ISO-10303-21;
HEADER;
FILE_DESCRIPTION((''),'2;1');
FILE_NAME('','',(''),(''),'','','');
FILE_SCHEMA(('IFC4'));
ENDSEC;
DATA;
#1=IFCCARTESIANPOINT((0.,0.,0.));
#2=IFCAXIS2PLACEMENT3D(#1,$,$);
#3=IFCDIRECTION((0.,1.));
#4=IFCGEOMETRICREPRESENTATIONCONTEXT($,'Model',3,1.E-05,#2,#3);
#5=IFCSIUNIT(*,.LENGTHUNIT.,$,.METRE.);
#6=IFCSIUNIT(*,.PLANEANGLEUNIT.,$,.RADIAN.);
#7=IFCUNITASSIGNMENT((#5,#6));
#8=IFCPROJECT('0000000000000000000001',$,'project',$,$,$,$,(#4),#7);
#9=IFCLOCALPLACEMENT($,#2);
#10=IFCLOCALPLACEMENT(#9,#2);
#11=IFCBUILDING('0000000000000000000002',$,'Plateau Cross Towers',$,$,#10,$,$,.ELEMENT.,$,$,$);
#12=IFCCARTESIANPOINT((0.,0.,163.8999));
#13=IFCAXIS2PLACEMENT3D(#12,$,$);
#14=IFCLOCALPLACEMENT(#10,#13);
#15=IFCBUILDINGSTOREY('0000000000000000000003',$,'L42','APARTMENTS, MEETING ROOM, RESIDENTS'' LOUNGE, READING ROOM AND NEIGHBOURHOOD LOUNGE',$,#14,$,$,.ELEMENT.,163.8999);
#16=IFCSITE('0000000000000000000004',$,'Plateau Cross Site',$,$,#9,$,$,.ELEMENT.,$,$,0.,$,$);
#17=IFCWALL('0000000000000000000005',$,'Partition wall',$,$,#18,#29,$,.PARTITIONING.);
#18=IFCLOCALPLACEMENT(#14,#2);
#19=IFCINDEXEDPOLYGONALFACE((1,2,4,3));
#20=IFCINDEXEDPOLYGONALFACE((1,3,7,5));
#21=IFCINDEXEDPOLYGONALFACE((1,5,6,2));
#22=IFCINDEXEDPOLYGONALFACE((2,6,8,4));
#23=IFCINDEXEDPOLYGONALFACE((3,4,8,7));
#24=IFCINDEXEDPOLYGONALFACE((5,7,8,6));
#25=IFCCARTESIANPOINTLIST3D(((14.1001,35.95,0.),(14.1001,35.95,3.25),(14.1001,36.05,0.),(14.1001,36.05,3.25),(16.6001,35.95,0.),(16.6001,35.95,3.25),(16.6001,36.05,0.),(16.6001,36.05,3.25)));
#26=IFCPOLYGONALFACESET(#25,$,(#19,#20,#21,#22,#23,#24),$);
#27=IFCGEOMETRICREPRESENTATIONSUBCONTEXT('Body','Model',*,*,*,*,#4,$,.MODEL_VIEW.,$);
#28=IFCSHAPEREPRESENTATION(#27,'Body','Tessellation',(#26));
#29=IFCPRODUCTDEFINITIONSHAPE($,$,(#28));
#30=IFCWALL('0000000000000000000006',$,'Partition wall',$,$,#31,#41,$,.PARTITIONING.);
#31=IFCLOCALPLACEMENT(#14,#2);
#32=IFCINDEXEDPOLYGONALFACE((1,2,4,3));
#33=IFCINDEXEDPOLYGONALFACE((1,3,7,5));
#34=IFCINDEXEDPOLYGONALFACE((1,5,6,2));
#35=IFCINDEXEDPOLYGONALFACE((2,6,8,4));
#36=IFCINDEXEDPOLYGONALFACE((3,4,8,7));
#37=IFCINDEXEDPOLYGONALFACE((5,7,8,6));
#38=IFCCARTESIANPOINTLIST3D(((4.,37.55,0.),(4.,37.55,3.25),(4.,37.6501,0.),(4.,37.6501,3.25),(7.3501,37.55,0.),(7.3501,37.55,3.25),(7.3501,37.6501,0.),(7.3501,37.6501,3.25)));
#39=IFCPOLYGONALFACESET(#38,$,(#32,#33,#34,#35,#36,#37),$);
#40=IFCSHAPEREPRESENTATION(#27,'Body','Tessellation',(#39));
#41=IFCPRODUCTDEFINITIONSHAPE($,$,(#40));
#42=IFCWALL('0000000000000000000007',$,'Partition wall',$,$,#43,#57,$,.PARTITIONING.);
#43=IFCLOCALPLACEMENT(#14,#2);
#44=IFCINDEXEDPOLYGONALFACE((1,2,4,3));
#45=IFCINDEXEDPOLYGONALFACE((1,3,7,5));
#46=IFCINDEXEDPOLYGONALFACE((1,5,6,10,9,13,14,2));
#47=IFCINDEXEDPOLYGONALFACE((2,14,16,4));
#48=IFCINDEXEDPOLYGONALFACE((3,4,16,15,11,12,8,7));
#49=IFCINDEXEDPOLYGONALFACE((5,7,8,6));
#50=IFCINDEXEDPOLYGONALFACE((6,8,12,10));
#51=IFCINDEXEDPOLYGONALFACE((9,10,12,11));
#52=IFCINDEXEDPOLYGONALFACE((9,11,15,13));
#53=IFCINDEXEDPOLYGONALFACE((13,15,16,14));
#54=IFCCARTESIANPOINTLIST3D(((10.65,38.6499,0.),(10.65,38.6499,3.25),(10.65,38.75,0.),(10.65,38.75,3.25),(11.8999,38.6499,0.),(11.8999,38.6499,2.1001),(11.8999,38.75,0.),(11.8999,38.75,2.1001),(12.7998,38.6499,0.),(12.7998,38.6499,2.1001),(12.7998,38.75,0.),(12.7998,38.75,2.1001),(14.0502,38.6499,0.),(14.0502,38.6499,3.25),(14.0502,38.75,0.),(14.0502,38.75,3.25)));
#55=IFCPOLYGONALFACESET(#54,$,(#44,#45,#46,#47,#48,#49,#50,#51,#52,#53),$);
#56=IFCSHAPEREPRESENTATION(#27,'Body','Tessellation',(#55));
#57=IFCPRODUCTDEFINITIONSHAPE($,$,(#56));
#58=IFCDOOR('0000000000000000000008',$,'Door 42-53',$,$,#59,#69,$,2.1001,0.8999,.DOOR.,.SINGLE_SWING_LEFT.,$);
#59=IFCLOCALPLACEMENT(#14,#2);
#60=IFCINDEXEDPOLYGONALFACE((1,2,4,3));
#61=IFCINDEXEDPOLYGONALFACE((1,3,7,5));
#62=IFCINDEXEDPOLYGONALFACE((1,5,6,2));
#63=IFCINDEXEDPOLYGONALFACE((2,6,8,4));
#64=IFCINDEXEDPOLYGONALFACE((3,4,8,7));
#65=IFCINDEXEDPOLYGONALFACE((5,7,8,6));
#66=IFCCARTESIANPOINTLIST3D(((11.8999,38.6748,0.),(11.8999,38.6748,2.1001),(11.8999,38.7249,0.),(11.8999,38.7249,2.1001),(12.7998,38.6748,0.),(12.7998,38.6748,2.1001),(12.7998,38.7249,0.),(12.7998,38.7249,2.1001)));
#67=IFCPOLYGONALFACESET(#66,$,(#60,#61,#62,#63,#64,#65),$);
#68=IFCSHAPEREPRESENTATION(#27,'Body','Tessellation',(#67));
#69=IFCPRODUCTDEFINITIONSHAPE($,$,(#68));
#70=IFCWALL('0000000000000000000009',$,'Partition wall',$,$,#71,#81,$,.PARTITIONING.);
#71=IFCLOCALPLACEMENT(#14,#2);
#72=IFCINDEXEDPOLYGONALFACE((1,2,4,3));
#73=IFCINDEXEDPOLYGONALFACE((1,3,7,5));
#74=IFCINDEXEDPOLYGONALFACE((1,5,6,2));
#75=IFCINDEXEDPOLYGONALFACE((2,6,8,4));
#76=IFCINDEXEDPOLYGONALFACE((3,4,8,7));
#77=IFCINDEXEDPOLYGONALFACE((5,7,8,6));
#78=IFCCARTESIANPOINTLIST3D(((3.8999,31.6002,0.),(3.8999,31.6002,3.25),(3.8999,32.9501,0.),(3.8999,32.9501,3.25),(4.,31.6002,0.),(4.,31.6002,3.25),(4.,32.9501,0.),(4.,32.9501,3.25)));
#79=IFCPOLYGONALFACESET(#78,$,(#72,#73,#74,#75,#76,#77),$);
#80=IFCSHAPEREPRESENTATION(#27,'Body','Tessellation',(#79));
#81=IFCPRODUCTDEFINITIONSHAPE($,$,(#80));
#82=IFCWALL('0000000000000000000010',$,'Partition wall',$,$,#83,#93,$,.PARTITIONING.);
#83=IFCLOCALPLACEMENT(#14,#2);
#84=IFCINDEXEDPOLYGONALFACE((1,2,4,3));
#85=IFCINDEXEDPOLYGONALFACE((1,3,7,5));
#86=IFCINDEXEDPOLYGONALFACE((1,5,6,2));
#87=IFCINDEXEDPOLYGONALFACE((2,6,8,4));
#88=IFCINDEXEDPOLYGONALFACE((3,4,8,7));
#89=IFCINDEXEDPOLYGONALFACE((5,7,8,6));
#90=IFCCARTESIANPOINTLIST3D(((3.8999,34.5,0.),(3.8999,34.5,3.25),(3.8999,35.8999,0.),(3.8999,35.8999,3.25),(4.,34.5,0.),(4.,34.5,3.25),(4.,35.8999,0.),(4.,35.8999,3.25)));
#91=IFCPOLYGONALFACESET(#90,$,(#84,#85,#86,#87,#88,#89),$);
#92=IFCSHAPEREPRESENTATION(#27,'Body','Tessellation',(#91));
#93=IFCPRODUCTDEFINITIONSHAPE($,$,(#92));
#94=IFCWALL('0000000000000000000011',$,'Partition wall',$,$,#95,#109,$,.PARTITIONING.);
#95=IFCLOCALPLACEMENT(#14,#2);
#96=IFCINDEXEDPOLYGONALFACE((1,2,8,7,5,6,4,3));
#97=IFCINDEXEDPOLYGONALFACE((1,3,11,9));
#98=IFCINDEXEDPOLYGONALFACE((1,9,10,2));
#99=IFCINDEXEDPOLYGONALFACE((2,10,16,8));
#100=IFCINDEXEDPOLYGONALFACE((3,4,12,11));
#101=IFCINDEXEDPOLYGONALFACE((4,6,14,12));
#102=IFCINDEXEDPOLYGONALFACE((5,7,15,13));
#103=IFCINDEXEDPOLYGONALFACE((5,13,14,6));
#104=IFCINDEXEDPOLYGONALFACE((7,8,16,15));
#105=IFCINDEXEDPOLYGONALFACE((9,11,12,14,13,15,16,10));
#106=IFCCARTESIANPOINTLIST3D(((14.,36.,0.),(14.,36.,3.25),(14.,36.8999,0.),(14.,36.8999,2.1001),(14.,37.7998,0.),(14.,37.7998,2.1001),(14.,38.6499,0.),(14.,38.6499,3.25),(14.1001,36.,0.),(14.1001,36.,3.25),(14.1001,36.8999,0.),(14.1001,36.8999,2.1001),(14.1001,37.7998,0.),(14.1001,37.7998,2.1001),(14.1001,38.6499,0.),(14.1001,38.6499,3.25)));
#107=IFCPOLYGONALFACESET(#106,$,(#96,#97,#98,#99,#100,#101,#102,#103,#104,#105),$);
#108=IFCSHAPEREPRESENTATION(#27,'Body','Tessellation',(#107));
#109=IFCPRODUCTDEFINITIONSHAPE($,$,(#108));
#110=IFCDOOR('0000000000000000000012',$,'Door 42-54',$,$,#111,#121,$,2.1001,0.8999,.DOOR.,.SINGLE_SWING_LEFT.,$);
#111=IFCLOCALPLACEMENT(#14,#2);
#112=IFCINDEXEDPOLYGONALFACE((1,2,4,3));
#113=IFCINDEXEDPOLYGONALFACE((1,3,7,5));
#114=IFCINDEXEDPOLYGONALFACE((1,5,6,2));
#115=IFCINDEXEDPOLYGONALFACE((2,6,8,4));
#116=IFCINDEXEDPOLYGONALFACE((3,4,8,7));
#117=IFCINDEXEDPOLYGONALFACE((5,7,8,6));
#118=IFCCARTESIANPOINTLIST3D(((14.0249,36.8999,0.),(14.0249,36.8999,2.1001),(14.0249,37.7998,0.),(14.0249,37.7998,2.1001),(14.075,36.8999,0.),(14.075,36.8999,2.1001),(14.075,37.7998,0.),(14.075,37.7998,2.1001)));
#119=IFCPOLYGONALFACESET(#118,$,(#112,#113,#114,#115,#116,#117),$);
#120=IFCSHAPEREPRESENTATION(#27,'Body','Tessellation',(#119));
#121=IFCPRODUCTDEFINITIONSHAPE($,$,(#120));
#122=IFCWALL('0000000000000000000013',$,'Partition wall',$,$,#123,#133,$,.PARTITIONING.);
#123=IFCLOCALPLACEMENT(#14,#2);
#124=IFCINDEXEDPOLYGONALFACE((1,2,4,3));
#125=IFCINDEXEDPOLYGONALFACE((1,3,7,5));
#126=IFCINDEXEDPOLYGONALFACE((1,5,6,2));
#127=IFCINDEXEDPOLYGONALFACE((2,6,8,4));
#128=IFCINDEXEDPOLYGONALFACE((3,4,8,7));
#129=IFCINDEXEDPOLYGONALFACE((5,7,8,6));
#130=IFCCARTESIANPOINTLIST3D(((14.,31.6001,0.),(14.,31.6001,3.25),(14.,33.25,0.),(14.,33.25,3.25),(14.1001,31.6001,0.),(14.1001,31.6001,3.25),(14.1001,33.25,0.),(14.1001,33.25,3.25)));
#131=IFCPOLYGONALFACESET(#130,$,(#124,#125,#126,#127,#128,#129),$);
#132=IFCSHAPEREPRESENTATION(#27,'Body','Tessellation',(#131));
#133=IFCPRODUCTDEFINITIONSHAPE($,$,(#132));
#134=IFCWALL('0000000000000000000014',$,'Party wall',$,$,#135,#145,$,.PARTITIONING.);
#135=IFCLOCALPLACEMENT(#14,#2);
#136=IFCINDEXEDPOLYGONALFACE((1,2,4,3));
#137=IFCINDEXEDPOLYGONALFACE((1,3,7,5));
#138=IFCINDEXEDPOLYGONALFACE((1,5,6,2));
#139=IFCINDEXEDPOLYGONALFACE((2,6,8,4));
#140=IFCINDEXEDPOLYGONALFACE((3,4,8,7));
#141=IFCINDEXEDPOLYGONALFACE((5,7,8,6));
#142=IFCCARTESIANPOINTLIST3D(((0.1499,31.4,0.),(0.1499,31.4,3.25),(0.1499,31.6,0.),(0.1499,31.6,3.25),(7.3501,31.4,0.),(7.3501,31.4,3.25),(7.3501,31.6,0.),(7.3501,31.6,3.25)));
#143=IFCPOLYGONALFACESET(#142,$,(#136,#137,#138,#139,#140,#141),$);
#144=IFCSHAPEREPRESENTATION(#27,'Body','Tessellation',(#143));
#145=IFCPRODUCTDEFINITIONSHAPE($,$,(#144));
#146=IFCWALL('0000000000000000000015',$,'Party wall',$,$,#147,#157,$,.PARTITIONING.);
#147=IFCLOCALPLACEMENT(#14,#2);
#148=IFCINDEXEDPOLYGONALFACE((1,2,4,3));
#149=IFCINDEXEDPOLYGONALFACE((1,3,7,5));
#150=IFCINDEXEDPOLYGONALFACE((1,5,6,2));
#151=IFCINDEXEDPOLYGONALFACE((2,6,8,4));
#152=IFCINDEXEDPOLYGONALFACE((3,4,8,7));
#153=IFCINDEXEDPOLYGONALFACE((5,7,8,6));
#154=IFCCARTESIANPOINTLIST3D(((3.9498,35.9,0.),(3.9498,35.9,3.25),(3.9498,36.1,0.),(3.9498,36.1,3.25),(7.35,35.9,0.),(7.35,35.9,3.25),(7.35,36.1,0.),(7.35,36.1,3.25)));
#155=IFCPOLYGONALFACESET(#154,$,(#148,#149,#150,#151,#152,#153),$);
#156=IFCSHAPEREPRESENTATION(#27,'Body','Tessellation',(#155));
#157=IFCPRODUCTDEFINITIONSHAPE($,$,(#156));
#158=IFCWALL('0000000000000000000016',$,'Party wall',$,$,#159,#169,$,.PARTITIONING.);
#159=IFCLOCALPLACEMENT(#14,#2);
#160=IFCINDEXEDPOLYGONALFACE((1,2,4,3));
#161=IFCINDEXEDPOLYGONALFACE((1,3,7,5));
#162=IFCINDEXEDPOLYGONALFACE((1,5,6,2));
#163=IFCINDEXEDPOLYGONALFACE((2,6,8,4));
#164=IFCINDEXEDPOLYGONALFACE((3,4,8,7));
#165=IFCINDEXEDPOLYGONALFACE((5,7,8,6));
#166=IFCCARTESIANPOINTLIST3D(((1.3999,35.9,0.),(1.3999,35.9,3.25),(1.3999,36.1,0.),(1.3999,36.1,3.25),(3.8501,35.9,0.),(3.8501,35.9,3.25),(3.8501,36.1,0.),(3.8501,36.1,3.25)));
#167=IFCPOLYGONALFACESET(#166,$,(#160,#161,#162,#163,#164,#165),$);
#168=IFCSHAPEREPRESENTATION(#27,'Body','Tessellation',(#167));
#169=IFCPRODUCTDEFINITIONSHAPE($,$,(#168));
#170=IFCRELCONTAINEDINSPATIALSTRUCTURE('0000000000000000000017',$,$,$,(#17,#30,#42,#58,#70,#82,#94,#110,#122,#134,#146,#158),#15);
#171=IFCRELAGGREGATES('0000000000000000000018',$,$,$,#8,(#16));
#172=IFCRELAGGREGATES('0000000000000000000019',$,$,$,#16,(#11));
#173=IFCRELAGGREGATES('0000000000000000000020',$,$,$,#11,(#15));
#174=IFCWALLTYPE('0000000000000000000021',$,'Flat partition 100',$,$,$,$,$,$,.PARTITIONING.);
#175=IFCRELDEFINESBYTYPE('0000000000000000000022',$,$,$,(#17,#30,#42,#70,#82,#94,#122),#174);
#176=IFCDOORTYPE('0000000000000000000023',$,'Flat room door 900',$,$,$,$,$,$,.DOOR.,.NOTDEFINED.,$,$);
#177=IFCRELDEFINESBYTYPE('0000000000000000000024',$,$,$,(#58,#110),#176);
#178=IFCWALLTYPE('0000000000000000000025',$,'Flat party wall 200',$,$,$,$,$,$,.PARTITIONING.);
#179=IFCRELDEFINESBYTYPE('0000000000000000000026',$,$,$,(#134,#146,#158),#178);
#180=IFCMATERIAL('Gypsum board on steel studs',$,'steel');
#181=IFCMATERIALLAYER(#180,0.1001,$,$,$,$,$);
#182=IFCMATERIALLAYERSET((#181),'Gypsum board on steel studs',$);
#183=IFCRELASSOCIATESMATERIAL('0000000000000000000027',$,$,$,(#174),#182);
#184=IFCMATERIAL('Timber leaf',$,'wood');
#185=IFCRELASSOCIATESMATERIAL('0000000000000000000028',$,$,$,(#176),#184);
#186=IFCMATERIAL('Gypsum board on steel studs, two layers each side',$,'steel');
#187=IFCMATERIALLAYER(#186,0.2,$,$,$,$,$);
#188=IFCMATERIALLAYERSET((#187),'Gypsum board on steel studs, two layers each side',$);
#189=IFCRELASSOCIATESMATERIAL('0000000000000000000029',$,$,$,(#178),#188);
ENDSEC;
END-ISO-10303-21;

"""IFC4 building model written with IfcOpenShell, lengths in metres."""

from ifc_helpers import new_model, si_unit, direction, frame, frame_2d, origin, place, context, subcontext, project, spatial, rectangle, extrude, material, layer, layer_set, type_object, element, fill, save


model = new_model("IFC4")

# Units and contexts
model_context = context("Model", 3, precision=1e-05, world=origin(), true_north=direction((0.0, 1.0)))
body_context = subcontext(model_context, "Body", "Model", "MODEL_VIEW")
ifc_project = project(units=[si_unit("LENGTHUNIT", "METRE"), si_unit("PLANEANGLEUNIT", "RADIAN")], contexts=[model_context])

# Site, building, storey
site_placement = place(None, origin())
site = spatial("IfcSite", under=ifc_project, at=site_placement, Name="Plateau Cross Site", CompositionType="ELEMENT", RefElevation=0.0)
building_placement = place(site_placement, origin())
building = spatial("IfcBuilding", under=site, at=building_placement, Name="Plateau Cross Towers", CompositionType="ELEMENT")
storey_placement = place(building_placement, frame((0.0, 0.0, 163.8999)))
storey = spatial("IfcBuildingStorey", under=building, at=storey_placement, Name="L42", Description="APARTMENTS, MEETING ROOM, RESIDENTS' LOUNGE, READING ROOM AND NEIGHBOURHOOD LOUNGE", CompositionType="ELEMENT", Elevation=163.8999)

# Shared definitions
ifc_material_1 = material(Name="Gypsum board on steel studs", Category="steel")
ifc_layer_1 = layer(ifc_material_1, 0.1001)
ifc_layer_set_1 = layer_set([ifc_layer_1], Name="Gypsum board on steel studs")
wall_type_1 = type_object("IfcWallType", Name="Flat partition 100", PredefinedType="PARTITIONING", material=ifc_layer_set_1)
ifc_material_2 = material(Name="Timber leaf", Category="wood")
door_type_1 = type_object("IfcDoorType", Name="Flat room door 900", OperationType="NOTDEFINED", PredefinedType="DOOR", material=ifc_material_2)

# Walls
wall_1_placement = place(storey_placement, frame((14.1001, 36.0, 0.0), z_axis=(0.0, 0.0, 1.0), x_axis=(1.0, 0.0, 0.0)))
element("IfcWall", 1, at=wall_1_placement, inside=storey, type_object=wall_type_1, Name="Partition wall", PredefinedType="PARTITIONING", context=body_context, shape_type="SweptSolid", body=[
    extrude(rectangle(XDim=2.5, YDim=0.1001, at=frame_2d((1.25, 0.0))), origin(), (0.0, 0.0, 1.0), 3.25),
])
wall_2_placement = place(storey_placement, frame((7.3501, 37.6001, 0.0), z_axis=(0.0, 0.0, 1.0), x_axis=(-1.0, 0.0, 0.0)))
element("IfcWall", 2, at=wall_2_placement, inside=storey, type_object=wall_type_1, Name="Partition wall", PredefinedType="PARTITIONING", context=body_context, shape_type="SweptSolid", body=[
    extrude(rectangle(XDim=3.3501, YDim=0.1001, at=frame_2d((1.675, 0.0))), origin(), (0.0, 0.0, 1.0), 3.25),
])

# Wall, opening, door
wall_3_placement = place(storey_placement, frame((10.6499, 38.7, 0.0), z_axis=(0.0, 0.0, 1.0), x_axis=(1.0, 0.0, 0.0)))
wall_3 = element("IfcWall", 3, at=wall_3_placement, inside=storey, type_object=wall_type_1, Name="Partition wall", PredefinedType="PARTITIONING", context=body_context, shape_type="SweptSolid", body=[
    extrude(rectangle(XDim=3.4001, YDim=0.1001, at=frame_2d((1.7002, 0.0))), origin(), (0.0, 0.0, 1.0), 3.25),
])
opening_1_placement = place(wall_3_placement, frame((1.25, 0.0, 0.0)))
opening_1 = element("IfcOpeningElement", 4, at=opening_1_placement, cuts=wall_3, PredefinedType="OPENING", context=body_context, shape_type="SweptSolid", body=[
    extrude(rectangle(XDim=0.8999, YDim=2.1001, at=frame_2d((0.45, 1.05))), frame((0.0, 0.0601, 0.0), z_axis=(0.0, -1.0, 0.0), x_axis=(1.0, 0.0, 0.0)), (0.0, 0.0, 1.0), 0.1201),
])
door_1_placement = place(opening_1_placement, origin())
door_1 = element("IfcDoor", 5, at=door_1_placement, inside=storey, type_object=door_type_1, Name="Door 42-53", OperationType="SINGLE_SWING_LEFT", OverallHeight=2.1001, OverallWidth=0.8999, PredefinedType="DOOR", context=body_context, shape_type="SweptSolid", body=[
    extrude(rectangle(XDim=0.8999, YDim=2.1001, at=frame_2d((0.45, 1.05))), frame((0.0, 0.0249, 0.0), z_axis=(0.0, -1.0, 0.0), x_axis=(1.0, 0.0, 0.0)), (0.0, 0.0, 1.0), 0.05),
])
fill(opening_1, door_1)

# Walls
wall_4_placement = place(storey_placement, frame((3.95, 32.95, 0.0), z_axis=(0.0, 0.0, 1.0), x_axis=(0.0, -1.0, 0.0)))
element("IfcWall", 6, at=wall_4_placement, inside=storey, type_object=wall_type_1, Name="Partition wall", PredefinedType="PARTITIONING", context=body_context, shape_type="SweptSolid", body=[
    extrude(rectangle(XDim=1.3499, YDim=0.1001, at=frame_2d((0.6748, 0.0))), origin(), (0.0, 0.0, 1.0), 3.25),
])
wall_5_placement = place(storey_placement, frame((3.95, 35.8999, 0.0), z_axis=(0.0, 0.0, 1.0), x_axis=(0.0, -1.0, 0.0)))
element("IfcWall", 7, at=wall_5_placement, inside=storey, type_object=wall_type_1, Name="Partition wall", PredefinedType="PARTITIONING", context=body_context, shape_type="SweptSolid", body=[
    extrude(rectangle(XDim=1.3999, YDim=0.1001, at=frame_2d((0.7, 0.0))), origin(), (0.0, 0.0, 1.0), 3.25),
])

# Wall, opening, door
wall_6_placement = place(storey_placement, frame((14.05, 38.6499, 0.0), z_axis=(0.0, 0.0, 1.0), x_axis=(0.0, -1.0, 0.0)))
wall_6 = element("IfcWall", 8, at=wall_6_placement, inside=storey, type_object=wall_type_1, Name="Partition wall", PredefinedType="PARTITIONING", context=body_context, shape_type="SweptSolid", body=[
    extrude(rectangle(XDim=2.6499, YDim=0.1001, at=frame_2d((1.325, 0.0))), origin(), (0.0, 0.0, 1.0), 3.25),
])
opening_2_placement = place(wall_6_placement, frame((0.8501, 0.0, 0.0)))
opening_2 = element("IfcOpeningElement", 9, at=opening_2_placement, cuts=wall_6, PredefinedType="OPENING", context=body_context, shape_type="SweptSolid", body=[
    extrude(rectangle(XDim=0.8999, YDim=2.1001, at=frame_2d((0.45, 1.05))), frame((0.0, 0.0601, 0.0), z_axis=(0.0, -1.0, 0.0), x_axis=(1.0, 0.0, 0.0)), (0.0, 0.0, 1.0), 0.1201),
])
door_2_placement = place(opening_2_placement, origin())
door_2 = element("IfcDoor", 10, at=door_2_placement, inside=storey, type_object=door_type_1, Name="Door 42-54", OperationType="SINGLE_SWING_LEFT", OverallHeight=2.1001, OverallWidth=0.8999, PredefinedType="DOOR", context=body_context, shape_type="SweptSolid", body=[
    extrude(rectangle(XDim=0.8999, YDim=2.1001, at=frame_2d((0.45, 1.05))), frame((0.0, 0.0249, 0.0), z_axis=(0.0, -1.0, 0.0), x_axis=(1.0, 0.0, 0.0)), (0.0, 0.0, 1.0), 0.05),
])
fill(opening_2, door_2)

# Walls
wall_7_placement = place(storey_placement, frame((14.05, 31.6001, 0.0), z_axis=(0.0, 0.0, 1.0), x_axis=(0.0, 1.0, 0.0)))
element("IfcWall", 11, at=wall_7_placement, inside=storey, type_object=wall_type_1, Name="Partition wall", PredefinedType="PARTITIONING", context=body_context, shape_type="SweptSolid", body=[
    extrude(rectangle(XDim=1.6499, YDim=0.1001, at=frame_2d((0.825, 0.0))), origin(), (0.0, 0.0, 1.0), 3.25),
])
ifc_material_3 = material(Name="Gypsum board on steel studs, two layers each side", Category="steel")
ifc_layer_2 = layer(ifc_material_3, 0.2)
ifc_layer_set_2 = layer_set([ifc_layer_2], Name="Gypsum board on steel studs, two layers each side")
wall_type_2 = type_object("IfcWallType", Name="Flat party wall 200", PredefinedType="PARTITIONING", material=ifc_layer_set_2)
wall_8_placement = place(storey_placement, frame((7.3501, 31.5, 0.0), z_axis=(0.0, 0.0, 1.0), x_axis=(-1.0, 0.0, 0.0)))
element("IfcWall", 12, at=wall_8_placement, inside=storey, type_object=wall_type_2, Name="Party wall", PredefinedType="PARTITIONING", context=body_context, shape_type="SweptSolid", body=[
    extrude(rectangle(XDim=7.2002, YDim=0.2, at=frame_2d((3.6001, 0.0))), origin(), (0.0, 0.0, 1.0), 3.25),
])
wall_9_placement = place(storey_placement, frame((7.3501, 36.0, 0.0), z_axis=(0.0, 0.0, 1.0), x_axis=(-1.0, 0.0, 0.0)))
element("IfcWall", 13, at=wall_9_placement, inside=storey, type_object=wall_type_2, Name="Party wall", PredefinedType="PARTITIONING", context=body_context, shape_type="SweptSolid", body=[
    extrude(rectangle(XDim=3.4001, YDim=0.2, at=frame_2d((1.7002, 0.0))), origin(), (0.0, 0.0, 1.0), 3.25),
])
wall_10_placement = place(storey_placement, frame((1.3999, 36.0, 0.0), z_axis=(0.0, 0.0, 1.0), x_axis=(1.0, 0.0, 0.0)))
element("IfcWall", 14, at=wall_10_placement, inside=storey, type_object=wall_type_2, Name="Party wall", PredefinedType="PARTITIONING", context=body_context, shape_type="SweptSolid", body=[
    extrude(rectangle(XDim=2.4502, YDim=0.2, at=frame_2d((1.2251, 0.0))), origin(), (0.0, 0.0, 1.0), 3.25),
])

save(model, "model.ifc")
